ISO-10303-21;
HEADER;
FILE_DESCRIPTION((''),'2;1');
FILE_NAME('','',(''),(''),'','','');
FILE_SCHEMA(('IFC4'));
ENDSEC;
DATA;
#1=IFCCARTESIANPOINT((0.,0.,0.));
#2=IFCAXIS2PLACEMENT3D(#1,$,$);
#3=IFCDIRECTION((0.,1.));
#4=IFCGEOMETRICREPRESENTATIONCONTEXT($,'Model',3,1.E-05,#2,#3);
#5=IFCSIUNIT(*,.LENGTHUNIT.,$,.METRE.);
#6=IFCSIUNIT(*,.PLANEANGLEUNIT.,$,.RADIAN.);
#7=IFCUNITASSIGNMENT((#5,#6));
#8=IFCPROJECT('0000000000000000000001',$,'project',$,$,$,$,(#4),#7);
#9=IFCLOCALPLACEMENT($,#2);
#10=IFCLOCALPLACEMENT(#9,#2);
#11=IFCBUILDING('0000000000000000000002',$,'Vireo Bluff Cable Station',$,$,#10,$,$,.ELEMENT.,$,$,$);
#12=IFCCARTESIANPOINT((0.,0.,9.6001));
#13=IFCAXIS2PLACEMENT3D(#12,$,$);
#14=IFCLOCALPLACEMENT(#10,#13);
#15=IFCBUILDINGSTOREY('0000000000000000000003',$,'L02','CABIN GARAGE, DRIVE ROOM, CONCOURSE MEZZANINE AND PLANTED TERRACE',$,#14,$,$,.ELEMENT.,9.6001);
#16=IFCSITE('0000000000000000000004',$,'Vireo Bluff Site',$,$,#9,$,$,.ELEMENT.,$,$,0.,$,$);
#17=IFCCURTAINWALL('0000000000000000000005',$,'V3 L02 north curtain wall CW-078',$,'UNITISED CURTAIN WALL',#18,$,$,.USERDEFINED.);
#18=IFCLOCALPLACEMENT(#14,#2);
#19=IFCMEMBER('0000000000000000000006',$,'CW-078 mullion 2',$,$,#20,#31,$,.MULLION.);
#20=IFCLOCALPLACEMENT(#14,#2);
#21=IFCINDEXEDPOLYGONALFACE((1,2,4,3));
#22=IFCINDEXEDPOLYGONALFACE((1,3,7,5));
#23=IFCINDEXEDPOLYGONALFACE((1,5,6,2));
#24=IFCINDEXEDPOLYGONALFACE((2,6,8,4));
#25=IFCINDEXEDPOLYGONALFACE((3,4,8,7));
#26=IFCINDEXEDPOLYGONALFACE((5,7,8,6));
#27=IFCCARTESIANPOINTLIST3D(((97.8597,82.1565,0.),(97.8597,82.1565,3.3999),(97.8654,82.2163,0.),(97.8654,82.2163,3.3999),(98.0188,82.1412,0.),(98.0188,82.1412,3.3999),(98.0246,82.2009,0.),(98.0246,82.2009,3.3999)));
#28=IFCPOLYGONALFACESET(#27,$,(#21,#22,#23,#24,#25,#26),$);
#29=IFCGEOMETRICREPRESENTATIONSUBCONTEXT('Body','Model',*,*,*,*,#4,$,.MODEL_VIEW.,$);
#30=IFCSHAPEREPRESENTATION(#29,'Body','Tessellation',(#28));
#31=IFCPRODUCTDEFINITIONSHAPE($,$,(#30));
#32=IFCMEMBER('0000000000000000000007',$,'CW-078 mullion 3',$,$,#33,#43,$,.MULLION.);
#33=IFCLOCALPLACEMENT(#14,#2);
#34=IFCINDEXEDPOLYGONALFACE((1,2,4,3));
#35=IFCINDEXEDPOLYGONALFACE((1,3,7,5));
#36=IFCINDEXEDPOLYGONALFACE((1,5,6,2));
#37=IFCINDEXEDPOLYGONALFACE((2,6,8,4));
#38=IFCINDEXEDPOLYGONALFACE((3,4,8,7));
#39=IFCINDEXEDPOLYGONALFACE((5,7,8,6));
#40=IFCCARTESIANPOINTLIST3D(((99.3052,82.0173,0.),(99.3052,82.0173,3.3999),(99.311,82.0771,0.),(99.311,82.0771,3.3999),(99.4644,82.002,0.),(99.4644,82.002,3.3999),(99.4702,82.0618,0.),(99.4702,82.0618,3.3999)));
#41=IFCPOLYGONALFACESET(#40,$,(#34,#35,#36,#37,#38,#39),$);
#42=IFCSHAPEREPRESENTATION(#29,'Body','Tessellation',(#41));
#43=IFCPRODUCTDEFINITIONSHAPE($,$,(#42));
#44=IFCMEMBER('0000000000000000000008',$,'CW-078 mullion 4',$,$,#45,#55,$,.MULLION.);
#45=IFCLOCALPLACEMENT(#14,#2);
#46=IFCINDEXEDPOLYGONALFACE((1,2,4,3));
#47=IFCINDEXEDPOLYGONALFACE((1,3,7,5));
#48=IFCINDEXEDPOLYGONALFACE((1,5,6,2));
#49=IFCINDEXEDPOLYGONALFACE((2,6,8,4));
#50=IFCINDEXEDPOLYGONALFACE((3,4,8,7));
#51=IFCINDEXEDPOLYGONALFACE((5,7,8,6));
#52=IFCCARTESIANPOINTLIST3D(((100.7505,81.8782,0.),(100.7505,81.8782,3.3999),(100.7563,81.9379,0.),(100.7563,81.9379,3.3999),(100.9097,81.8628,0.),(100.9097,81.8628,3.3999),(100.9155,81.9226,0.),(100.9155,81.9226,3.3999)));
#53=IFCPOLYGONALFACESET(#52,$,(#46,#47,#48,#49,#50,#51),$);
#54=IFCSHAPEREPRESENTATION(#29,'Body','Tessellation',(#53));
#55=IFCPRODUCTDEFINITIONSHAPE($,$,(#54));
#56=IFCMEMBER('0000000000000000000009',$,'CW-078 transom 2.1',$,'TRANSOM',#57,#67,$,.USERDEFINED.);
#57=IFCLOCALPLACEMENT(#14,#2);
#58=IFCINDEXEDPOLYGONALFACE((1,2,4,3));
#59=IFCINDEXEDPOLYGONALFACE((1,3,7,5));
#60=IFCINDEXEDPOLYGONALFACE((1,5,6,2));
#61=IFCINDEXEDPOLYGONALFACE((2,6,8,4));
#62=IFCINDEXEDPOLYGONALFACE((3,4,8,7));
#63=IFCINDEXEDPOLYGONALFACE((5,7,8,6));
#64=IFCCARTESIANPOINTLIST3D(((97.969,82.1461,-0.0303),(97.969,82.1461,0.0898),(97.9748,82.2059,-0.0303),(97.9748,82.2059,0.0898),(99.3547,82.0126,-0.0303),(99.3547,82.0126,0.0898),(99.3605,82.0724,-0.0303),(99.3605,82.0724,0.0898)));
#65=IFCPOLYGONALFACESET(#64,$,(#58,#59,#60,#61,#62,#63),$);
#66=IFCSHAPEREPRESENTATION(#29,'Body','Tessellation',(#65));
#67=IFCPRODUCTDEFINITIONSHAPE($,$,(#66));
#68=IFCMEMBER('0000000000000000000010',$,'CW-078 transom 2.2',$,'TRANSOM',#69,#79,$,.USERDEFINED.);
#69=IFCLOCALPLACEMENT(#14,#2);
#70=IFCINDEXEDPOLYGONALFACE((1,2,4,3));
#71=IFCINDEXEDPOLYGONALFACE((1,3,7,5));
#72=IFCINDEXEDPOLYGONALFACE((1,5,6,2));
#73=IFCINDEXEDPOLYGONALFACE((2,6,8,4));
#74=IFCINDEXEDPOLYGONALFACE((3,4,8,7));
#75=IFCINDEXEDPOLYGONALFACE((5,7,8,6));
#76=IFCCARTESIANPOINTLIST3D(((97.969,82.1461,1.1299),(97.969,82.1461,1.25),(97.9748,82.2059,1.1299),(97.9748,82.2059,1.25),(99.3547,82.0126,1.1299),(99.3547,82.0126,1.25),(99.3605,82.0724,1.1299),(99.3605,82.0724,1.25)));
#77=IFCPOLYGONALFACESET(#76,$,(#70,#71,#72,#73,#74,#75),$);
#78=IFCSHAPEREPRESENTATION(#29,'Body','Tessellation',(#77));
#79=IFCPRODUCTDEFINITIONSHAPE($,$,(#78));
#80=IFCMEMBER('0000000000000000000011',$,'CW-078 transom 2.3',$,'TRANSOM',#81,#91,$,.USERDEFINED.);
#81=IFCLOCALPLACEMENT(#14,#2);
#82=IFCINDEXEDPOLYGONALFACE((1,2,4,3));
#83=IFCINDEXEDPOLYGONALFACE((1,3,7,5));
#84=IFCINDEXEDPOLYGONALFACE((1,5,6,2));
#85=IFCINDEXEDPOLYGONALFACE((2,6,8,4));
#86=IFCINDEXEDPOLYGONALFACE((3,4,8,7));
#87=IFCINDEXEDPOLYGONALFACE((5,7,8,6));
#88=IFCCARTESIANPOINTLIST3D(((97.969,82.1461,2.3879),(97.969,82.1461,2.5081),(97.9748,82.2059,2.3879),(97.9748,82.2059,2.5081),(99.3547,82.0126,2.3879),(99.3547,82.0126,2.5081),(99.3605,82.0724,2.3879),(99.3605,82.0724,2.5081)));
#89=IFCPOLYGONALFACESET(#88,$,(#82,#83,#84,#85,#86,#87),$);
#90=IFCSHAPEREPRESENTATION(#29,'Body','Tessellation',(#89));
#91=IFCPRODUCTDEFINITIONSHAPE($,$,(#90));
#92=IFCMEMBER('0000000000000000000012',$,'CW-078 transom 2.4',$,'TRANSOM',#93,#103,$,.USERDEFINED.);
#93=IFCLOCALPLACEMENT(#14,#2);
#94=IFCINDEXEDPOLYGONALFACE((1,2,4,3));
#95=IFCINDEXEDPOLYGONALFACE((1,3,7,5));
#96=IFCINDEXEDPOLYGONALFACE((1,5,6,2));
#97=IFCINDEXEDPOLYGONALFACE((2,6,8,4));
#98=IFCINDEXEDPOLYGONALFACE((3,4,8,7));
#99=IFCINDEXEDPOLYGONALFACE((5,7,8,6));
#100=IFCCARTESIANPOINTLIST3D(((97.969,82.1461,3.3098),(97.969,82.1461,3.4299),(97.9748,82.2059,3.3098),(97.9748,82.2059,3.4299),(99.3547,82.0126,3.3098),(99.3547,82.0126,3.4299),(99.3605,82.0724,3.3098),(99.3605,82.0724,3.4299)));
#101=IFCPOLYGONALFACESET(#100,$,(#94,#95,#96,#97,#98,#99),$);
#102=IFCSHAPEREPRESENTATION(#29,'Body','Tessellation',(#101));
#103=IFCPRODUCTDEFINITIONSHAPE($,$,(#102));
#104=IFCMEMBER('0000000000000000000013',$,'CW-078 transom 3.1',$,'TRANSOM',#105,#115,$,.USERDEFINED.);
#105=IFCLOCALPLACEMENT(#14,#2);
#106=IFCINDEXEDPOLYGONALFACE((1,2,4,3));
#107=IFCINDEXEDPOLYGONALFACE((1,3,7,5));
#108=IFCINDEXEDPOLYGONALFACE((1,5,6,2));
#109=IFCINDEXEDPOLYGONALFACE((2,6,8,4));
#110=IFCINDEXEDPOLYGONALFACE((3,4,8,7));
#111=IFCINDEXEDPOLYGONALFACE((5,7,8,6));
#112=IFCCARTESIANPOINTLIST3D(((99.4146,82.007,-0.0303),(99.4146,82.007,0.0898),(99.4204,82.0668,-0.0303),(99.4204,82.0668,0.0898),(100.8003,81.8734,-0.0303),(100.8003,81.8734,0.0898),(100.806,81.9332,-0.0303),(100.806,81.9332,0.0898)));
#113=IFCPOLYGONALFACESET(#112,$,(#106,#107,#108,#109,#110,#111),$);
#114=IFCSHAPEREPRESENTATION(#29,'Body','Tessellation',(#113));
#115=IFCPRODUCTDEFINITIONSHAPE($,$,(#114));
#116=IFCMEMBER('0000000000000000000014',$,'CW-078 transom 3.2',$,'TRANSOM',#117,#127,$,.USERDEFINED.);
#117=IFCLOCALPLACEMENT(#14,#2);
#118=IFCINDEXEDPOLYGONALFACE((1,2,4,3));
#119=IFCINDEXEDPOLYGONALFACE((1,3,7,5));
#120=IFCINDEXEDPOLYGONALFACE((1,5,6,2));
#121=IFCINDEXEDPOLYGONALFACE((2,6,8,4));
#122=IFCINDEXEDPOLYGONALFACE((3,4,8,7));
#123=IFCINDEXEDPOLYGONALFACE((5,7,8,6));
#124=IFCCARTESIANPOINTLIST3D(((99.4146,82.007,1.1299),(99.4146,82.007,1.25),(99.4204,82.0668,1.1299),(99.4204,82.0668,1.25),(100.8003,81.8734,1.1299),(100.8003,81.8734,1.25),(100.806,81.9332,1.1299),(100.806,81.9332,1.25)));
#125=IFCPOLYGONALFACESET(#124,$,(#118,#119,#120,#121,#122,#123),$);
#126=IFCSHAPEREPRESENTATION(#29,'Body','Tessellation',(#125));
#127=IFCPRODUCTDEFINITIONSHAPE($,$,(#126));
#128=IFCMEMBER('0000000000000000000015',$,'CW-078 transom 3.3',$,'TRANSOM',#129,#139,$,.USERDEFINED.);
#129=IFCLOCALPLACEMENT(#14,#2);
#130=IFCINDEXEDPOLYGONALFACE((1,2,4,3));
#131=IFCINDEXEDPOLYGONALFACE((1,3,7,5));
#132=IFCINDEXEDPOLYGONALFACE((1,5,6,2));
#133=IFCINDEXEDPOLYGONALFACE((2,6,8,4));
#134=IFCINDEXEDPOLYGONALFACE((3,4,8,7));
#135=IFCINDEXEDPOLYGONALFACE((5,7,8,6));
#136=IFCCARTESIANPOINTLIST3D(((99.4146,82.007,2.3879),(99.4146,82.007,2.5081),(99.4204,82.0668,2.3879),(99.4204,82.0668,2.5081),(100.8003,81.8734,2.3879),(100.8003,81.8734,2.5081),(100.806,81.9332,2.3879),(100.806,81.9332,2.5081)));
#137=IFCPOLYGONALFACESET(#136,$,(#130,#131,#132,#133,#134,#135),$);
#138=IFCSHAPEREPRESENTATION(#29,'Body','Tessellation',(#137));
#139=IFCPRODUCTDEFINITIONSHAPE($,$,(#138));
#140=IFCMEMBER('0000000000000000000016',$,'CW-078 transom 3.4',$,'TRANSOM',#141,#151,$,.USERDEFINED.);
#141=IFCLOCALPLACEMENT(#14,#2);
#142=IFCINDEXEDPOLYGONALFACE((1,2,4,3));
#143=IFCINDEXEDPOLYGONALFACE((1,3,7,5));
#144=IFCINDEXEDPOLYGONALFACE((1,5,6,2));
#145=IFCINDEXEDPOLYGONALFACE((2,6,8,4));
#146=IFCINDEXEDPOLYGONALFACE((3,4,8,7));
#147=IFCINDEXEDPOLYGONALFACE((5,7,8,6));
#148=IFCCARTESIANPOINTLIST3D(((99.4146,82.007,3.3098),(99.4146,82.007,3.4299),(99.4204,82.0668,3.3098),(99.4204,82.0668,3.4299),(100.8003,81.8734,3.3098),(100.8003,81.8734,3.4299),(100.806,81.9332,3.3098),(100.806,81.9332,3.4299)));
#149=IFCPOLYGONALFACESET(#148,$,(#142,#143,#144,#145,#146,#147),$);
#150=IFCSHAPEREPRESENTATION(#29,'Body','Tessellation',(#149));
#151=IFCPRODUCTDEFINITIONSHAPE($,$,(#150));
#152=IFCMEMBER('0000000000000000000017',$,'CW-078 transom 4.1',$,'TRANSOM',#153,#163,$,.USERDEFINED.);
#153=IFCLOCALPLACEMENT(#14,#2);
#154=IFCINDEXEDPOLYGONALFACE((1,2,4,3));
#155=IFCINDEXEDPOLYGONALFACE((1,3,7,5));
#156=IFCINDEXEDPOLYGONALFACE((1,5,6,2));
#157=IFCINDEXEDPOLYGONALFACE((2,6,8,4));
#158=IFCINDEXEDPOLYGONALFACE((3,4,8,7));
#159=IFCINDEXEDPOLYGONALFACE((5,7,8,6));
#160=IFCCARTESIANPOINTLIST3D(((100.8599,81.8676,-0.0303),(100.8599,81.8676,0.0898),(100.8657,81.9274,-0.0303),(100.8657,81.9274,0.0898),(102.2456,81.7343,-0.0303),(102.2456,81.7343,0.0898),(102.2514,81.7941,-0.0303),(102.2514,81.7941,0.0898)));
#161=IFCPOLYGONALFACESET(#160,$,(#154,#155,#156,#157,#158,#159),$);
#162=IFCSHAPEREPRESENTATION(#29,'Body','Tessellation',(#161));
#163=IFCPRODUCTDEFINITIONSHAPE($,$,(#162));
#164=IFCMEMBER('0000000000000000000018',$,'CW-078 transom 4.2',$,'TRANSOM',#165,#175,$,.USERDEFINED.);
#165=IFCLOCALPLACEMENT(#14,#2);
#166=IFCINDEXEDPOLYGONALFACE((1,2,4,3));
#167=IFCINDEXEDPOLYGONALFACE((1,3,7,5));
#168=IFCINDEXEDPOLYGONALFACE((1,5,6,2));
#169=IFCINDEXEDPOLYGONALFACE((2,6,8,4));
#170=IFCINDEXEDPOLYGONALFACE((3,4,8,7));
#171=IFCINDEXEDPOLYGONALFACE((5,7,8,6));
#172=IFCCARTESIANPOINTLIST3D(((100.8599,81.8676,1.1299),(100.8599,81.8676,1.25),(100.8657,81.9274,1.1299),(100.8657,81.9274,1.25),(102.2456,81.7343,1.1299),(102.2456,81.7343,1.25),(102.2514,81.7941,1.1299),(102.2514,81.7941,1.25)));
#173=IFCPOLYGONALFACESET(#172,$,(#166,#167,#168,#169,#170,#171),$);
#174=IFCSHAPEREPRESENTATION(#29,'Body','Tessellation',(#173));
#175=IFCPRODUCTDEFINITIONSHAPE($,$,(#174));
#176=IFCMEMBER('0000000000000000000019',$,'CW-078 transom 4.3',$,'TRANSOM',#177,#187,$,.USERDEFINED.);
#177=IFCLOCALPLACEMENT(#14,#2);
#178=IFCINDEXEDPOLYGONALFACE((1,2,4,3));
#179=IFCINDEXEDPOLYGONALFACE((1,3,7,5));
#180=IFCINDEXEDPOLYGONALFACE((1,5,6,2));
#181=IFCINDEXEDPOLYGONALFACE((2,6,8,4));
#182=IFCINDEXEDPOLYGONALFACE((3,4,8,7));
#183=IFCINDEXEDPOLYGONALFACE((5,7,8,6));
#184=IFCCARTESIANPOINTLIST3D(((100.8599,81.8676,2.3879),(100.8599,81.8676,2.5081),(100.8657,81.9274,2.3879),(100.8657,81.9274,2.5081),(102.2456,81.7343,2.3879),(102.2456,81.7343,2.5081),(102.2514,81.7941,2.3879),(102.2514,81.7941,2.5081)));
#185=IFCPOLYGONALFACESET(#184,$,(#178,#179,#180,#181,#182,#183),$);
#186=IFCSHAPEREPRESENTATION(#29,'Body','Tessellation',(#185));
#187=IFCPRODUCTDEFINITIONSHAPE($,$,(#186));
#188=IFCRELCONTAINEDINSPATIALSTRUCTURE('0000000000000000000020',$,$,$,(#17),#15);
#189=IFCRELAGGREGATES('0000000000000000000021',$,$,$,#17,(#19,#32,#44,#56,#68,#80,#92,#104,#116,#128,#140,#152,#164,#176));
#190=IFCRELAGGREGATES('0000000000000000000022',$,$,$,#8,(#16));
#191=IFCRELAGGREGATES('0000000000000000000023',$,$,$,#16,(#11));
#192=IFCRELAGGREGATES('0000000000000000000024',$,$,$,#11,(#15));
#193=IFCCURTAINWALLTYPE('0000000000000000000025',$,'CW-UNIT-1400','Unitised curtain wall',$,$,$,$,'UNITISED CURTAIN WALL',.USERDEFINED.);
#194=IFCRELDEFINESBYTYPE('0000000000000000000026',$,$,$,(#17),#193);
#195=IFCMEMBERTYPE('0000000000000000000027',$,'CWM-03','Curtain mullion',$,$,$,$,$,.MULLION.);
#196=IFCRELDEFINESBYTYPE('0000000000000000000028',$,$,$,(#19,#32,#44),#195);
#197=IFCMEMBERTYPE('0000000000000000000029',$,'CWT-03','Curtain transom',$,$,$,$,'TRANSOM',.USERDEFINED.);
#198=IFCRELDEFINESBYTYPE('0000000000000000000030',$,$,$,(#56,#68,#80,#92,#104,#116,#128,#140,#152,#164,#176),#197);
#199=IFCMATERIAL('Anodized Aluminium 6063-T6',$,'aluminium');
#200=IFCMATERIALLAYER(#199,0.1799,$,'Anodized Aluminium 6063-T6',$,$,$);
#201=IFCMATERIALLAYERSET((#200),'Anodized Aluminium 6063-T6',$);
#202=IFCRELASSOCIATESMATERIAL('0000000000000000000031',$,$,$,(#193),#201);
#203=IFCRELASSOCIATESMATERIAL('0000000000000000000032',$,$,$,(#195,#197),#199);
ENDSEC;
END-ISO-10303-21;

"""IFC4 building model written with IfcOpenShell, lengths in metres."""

from ifc_helpers import new_model, si_unit, direction, frame, origin, origin_2d, place, context, subcontext, project, spatial, rectangle, extrude, material, layer, layer_set, material_profile, profile_set, type_object, element, aggregate, save


model = new_model("IFC4")

# Units and contexts
model_context = context("Model", 3, precision=1e-05, world=origin(), true_north=direction((0.0, 1.0)))
body_context = subcontext(model_context, "Body", "Model", "MODEL_VIEW")
ifc_project = project(units=[si_unit("LENGTHUNIT", "METRE"), si_unit("PLANEANGLEUNIT", "RADIAN")], contexts=[model_context])

# Site, building, storey
site_placement = place(None, origin())
site = spatial("IfcSite", under=ifc_project, at=site_placement, Name="Vireo Bluff Site", CompositionType="ELEMENT", RefElevation=0.0)
building_placement = place(site_placement, origin())
building = spatial("IfcBuilding", under=site, at=building_placement, Name="Vireo Bluff Cable Station", CompositionType="ELEMENT")
storey_placement = place(building_placement, frame((0.0, 0.0, 9.6001)))
storey = spatial("IfcBuildingStorey", under=building, at=storey_placement, Name="L02", Description="CABIN GARAGE, DRIVE ROOM, CONCOURSE MEZZANINE AND PLANTED TERRACE", CompositionType="ELEMENT", Elevation=9.6001)

# Curtain wall, members
ifc_material_1 = material(Name="Anodized Aluminium 6063-T6", Category="aluminium")
ifc_layer_1 = layer(ifc_material_1, 0.1799, Name="Anodized Aluminium 6063-T6")
ifc_layer_set_1 = layer_set([ifc_layer_1], Name="Anodized Aluminium 6063-T6")
curtain_wall_type = type_object("IfcCurtainWallType", Name="CW-UNIT-1400", Description="Unitised curtain wall", ElementType="UNITISED CURTAIN WALL", PredefinedType="USERDEFINED", material=ifc_layer_set_1)
curtain_wall_placement = place(storey_placement, origin())
curtain_wall = element("IfcCurtainWall", 1, at=curtain_wall_placement, inside=storey, type_object=curtain_wall_type, Name="V3 L02 north curtain wall CW-078", ObjectType="UNITISED CURTAIN WALL", PredefinedType="USERDEFINED")
ifc_material_profile_1 = material_profile(ifc_material_1, rectangle(XDim=0.0601, YDim=0.1599, at=origin_2d()), Name="ALU-M-60X160")
ifc_profile_set_1 = profile_set([ifc_material_profile_1], Name="Anodized Aluminium 6063-T6")
member_type_1 = type_object("IfcMemberType", Name="CWM-03", Description="Curtain mullion", PredefinedType="MULLION", material=ifc_profile_set_1)
member_1_placement = place(storey_placement, frame((97.9421, 82.1787, 0.0), z_axis=(0.0, 0.0, 1.0), x_axis=(0.095846, 0.995396, 0.0)))
member_1 = element("IfcMember", 2, at=member_1_placement, type_object=member_type_1, Name="CW-078 mullion 2", PredefinedType="MULLION", context=body_context, shape_type="SweptSolid", body=[
    extrude(rectangle(XDim=0.0601, YDim=0.1599, at=origin_2d()), origin(), (0.0, 0.0, 1.0), 3.3999),
])
member_2_placement = place(storey_placement, frame((99.3877, 82.0396, 0.0), z_axis=(0.0, 0.0, 1.0), x_axis=(0.095846, 0.995396, 0.0)))
member_2 = element("IfcMember", 3, at=member_2_placement, type_object=member_type_1, Name="CW-078 mullion 3", PredefinedType="MULLION", context=body_context, shape_type="SweptSolid", body=[
    extrude(rectangle(XDim=0.0601, YDim=0.1599, at=origin_2d()), origin(), (0.0, 0.0, 1.0), 3.3999),
])
member_3_placement = place(storey_placement, frame((100.833, 81.9004, 0.0), z_axis=(0.0, 0.0, 1.0), x_axis=(0.095846, 0.995396, 0.0)))
member_3 = element("IfcMember", 4, at=member_3_placement, type_object=member_type_1, Name="CW-078 mullion 4", PredefinedType="MULLION", context=body_context, shape_type="SweptSolid", body=[
    extrude(rectangle(XDim=0.0601, YDim=0.1599, at=origin_2d()), origin(), (0.0, 0.0, 1.0), 3.3999),
])
ifc_material_profile_2 = material_profile(ifc_material_1, rectangle(XDim=0.0601, YDim=0.1201, at=origin_2d()), Name="ALU-T-60X120")
ifc_profile_set_2 = profile_set([ifc_material_profile_2], Name="Anodized Aluminium 6063-T6")
member_type_2 = type_object("IfcMemberType", Name="CWT-03", Description="Curtain transom", ElementType="TRANSOM", PredefinedType="USERDEFINED", material=ifc_profile_set_2)
member_4_placement = place(storey_placement, frame((97.9719, 82.176, 0.0298), z_axis=(0.995388, -0.095926, 0.0), x_axis=(0.095926, 0.995388, 0.0)))
member_4 = element("IfcMember", 5, at=member_4_placement, type_object=member_type_2, Name="CW-078 transom 2.1", ObjectType="TRANSOM", PredefinedType="USERDEFINED", context=body_context, shape_type="SweptSolid", body=[
    extrude(rectangle(XDim=0.0601, YDim=0.1201, at=origin_2d()), origin(), (0.0, 0.0, 1.0), 1.3921),
])
member_5_placement = place(storey_placement, frame((97.9719, 82.176, 1.1899), z_axis=(0.995388, -0.095926, 0.0), x_axis=(0.095926, 0.995388, 0.0)))
member_5 = element("IfcMember", 6, at=member_5_placement, type_object=member_type_2, Name="CW-078 transom 2.2", ObjectType="TRANSOM", PredefinedType="USERDEFINED", context=body_context, shape_type="SweptSolid", body=[
    extrude(rectangle(XDim=0.0601, YDim=0.1201, at=origin_2d()), origin(), (0.0, 0.0, 1.0), 1.3921),
])
member_6_placement = place(storey_placement, frame((97.9719, 82.176, 2.448), z_axis=(0.995388, -0.095926, 0.0), x_axis=(0.095926, 0.995388, 0.0)))
member_6 = element("IfcMember", 7, at=member_6_placement, type_object=member_type_2, Name="CW-078 transom 2.3", ObjectType="TRANSOM", PredefinedType="USERDEFINED", context=body_context, shape_type="SweptSolid", body=[
    extrude(rectangle(XDim=0.0601, YDim=0.1201, at=origin_2d()), origin(), (0.0, 0.0, 1.0), 1.3921),
])
member_7_placement = place(storey_placement, frame((97.9719, 82.176, 3.3699), z_axis=(0.995388, -0.095926, 0.0), x_axis=(0.095926, 0.995388, 0.0)))
member_7 = element("IfcMember", 8, at=member_7_placement, type_object=member_type_2, Name="CW-078 transom 2.4", ObjectType="TRANSOM", PredefinedType="USERDEFINED", context=body_context, shape_type="SweptSolid", body=[
    extrude(rectangle(XDim=0.0601, YDim=0.1201, at=origin_2d()), origin(), (0.0, 0.0, 1.0), 1.3921),
])
member_8_placement = place(storey_placement, frame((99.4175, 82.0369, 0.0298), z_axis=(0.995388, -0.095926, 0.0), x_axis=(0.095926, 0.995388, 0.0)))
member_8 = element("IfcMember", 9, at=member_8_placement, type_object=member_type_2, Name="CW-078 transom 3.1", ObjectType="TRANSOM", PredefinedType="USERDEFINED", context=body_context, shape_type="SweptSolid", body=[
    extrude(rectangle(XDim=0.0601, YDim=0.1201, at=origin_2d()), origin(), (0.0, 0.0, 1.0), 1.3921),
])
member_9_placement = place(storey_placement, frame((99.4175, 82.0369, 1.1899), z_axis=(0.995388, -0.095926, 0.0), x_axis=(0.095926, 0.995388, 0.0)))
member_9 = element("IfcMember", 10, at=member_9_placement, type_object=member_type_2, Name="CW-078 transom 3.2", ObjectType="TRANSOM", PredefinedType="USERDEFINED", context=body_context, shape_type="SweptSolid", body=[
    extrude(rectangle(XDim=0.0601, YDim=0.1201, at=origin_2d()), origin(), (0.0, 0.0, 1.0), 1.3921),
])
member_10_placement = place(storey_placement, frame((99.4175, 82.0369, 2.448), z_axis=(0.995388, -0.095926, 0.0), x_axis=(0.095926, 0.995388, 0.0)))
member_10 = element("IfcMember", 11, at=member_10_placement, type_object=member_type_2, Name="CW-078 transom 3.3", ObjectType="TRANSOM", PredefinedType="USERDEFINED", context=body_context, shape_type="SweptSolid", body=[
    extrude(rectangle(XDim=0.0601, YDim=0.1201, at=origin_2d()), origin(), (0.0, 0.0, 1.0), 1.3921),
])
member_11_placement = place(storey_placement, frame((99.4175, 82.0369, 3.3699), z_axis=(0.995388, -0.095926, 0.0), x_axis=(0.095926, 0.995388, 0.0)))
member_11 = element("IfcMember", 12, at=member_11_placement, type_object=member_type_2, Name="CW-078 transom 3.4", ObjectType="TRANSOM", PredefinedType="USERDEFINED", context=body_context, shape_type="SweptSolid", body=[
    extrude(rectangle(XDim=0.0601, YDim=0.1201, at=origin_2d()), origin(), (0.0, 0.0, 1.0), 1.3921),
])
member_12_placement = place(storey_placement, frame((100.8628, 81.8975, 0.0298), z_axis=(0.995405, -0.095753, 0.0), x_axis=(0.095753, 0.995405, 0.0)))
member_12 = element("IfcMember", 13, at=member_12_placement, type_object=member_type_2, Name="CW-078 transom 4.1", ObjectType="TRANSOM", PredefinedType="USERDEFINED", context=body_context, shape_type="SweptSolid", body=[
    extrude(rectangle(XDim=0.0601, YDim=0.1201, at=origin_2d()), origin(), (0.0, 0.0, 1.0), 1.3921),
])
member_13_placement = place(storey_placement, frame((100.8628, 81.8975, 1.1899), z_axis=(0.995405, -0.095753, 0.0), x_axis=(0.095753, 0.995405, 0.0)))
member_13 = element("IfcMember", 14, at=member_13_placement, type_object=member_type_2, Name="CW-078 transom 4.2", ObjectType="TRANSOM", PredefinedType="USERDEFINED", context=body_context, shape_type="SweptSolid", body=[
    extrude(rectangle(XDim=0.0601, YDim=0.1201, at=origin_2d()), origin(), (0.0, 0.0, 1.0), 1.3921),
])
member_14_placement = place(storey_placement, frame((100.8628, 81.8975, 2.448), z_axis=(0.995405, -0.095753, 0.0), x_axis=(0.095753, 0.995405, 0.0)))
member_14 = element("IfcMember", 15, at=member_14_placement, type_object=member_type_2, Name="CW-078 transom 4.3", ObjectType="TRANSOM", PredefinedType="USERDEFINED", context=body_context, shape_type="SweptSolid", body=[
    extrude(rectangle(XDim=0.0601, YDim=0.1201, at=origin_2d()), origin(), (0.0, 0.0, 1.0), 1.3921),
])
aggregate(curtain_wall, [member_1, member_2, member_3, member_4, member_5, member_6, member_7, member_8, member_9, member_10, member_11, member_12, member_13, member_14])

save(model, "model.ifc")
